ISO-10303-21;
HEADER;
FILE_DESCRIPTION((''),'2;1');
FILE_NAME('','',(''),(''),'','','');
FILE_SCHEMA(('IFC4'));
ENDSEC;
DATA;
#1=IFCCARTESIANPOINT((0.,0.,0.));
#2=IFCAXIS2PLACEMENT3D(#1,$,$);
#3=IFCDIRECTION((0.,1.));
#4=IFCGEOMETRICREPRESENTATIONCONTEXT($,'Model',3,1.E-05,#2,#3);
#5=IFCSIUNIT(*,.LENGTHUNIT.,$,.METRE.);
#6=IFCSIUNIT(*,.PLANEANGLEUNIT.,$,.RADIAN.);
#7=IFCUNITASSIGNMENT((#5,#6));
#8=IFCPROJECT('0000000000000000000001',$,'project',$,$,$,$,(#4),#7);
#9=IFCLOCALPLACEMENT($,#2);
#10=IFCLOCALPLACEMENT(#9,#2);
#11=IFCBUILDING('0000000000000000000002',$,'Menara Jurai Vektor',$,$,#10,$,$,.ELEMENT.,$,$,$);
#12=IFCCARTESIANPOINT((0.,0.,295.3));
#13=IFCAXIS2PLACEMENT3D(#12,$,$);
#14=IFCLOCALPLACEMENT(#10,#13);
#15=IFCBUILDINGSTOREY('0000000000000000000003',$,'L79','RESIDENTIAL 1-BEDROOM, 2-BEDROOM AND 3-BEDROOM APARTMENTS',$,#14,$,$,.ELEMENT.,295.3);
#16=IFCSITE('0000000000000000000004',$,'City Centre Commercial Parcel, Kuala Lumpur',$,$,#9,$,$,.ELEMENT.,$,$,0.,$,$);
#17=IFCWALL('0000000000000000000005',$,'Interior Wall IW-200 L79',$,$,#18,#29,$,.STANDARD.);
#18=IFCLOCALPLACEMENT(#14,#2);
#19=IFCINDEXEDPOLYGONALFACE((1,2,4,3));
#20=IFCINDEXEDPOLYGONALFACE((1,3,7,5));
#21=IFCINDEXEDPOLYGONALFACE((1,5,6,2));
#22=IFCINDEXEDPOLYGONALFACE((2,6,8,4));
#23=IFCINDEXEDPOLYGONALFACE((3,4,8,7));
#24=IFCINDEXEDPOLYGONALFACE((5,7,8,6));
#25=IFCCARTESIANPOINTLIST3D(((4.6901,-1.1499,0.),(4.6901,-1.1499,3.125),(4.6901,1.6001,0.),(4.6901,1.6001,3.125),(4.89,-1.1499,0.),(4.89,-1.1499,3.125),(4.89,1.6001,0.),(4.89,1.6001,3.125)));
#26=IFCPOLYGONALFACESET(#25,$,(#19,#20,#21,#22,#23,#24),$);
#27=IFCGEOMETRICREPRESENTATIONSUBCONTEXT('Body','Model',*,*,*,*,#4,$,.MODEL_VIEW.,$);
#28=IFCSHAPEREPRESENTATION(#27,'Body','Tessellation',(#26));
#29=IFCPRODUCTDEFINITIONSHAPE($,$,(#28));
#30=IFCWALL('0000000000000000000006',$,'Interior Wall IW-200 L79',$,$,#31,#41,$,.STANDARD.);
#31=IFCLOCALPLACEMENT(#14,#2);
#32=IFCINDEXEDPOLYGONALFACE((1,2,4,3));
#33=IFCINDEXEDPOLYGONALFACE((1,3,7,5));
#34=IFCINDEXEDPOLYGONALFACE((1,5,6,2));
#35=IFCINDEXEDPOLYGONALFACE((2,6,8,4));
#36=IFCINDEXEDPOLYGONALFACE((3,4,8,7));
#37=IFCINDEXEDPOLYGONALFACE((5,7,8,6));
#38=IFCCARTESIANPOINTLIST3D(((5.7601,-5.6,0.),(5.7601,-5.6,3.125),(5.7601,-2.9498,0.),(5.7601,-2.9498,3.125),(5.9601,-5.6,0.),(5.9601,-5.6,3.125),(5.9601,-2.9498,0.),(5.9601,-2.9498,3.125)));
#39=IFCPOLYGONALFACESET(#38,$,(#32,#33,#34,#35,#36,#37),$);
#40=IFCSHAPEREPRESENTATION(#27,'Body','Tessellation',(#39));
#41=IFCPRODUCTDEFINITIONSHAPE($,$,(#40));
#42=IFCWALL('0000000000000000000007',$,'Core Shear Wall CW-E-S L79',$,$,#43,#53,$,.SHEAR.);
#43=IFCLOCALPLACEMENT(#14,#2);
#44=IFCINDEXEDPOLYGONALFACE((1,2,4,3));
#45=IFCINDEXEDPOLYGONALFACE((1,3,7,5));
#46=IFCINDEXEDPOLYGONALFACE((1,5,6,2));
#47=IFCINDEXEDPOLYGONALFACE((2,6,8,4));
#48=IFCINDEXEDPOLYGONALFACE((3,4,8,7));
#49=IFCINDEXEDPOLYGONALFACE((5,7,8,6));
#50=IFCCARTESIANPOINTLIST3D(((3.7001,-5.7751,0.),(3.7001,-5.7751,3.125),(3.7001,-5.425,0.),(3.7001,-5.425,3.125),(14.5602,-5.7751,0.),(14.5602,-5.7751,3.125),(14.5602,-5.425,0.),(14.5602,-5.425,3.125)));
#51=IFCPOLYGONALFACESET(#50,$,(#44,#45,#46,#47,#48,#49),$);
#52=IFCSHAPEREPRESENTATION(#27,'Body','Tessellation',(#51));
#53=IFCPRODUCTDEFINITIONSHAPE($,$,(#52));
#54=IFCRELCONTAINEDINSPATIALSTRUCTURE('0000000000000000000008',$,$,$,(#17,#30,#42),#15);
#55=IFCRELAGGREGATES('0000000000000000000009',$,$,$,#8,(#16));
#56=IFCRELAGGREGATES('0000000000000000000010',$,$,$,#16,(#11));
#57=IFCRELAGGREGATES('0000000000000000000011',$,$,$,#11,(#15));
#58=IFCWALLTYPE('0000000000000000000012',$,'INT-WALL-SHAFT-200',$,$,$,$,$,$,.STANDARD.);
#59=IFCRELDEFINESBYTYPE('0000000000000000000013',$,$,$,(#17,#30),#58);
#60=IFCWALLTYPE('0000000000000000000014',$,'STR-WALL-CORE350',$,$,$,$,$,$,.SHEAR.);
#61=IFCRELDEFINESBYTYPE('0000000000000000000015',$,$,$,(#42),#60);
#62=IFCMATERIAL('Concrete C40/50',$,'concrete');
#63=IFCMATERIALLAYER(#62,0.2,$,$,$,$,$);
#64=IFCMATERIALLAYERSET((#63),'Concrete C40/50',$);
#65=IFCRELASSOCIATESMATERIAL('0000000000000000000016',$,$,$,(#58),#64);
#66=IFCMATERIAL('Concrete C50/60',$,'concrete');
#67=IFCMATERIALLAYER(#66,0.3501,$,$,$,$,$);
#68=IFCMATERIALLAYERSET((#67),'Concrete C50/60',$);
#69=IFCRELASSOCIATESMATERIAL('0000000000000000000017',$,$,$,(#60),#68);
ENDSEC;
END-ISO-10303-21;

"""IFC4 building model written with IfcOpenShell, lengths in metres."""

from ifc_helpers import new_model, si_unit, direction, frame, frame_2d, origin, place, context, subcontext, project, spatial, rectangle, extrude, material, layer, layer_set, type_object, element, save


model = new_model("IFC4")

# Units and contexts
model_context = context("Model", 3, precision=1e-05, world=origin(), true_north=direction((0.0, 1.0)))
body_context = subcontext(model_context, "Body", "Model", "MODEL_VIEW")
ifc_project = project(units=[si_unit("LENGTHUNIT", "METRE"), si_unit("PLANEANGLEUNIT", "RADIAN")], contexts=[model_context])

# Site, building, storey
site_placement = place(None, origin())
site = spatial("IfcSite", under=ifc_project, at=site_placement, Name="City Centre Commercial Parcel, Kuala Lumpur", CompositionType="ELEMENT", RefElevation=0.0)
building_placement = place(site_placement, origin())
building = spatial("IfcBuilding", under=site, at=building_placement, Name="Menara Jurai Vektor", CompositionType="ELEMENT")
storey_placement = place(building_placement, frame((0.0, 0.0, 295.3)))
storey = spatial("IfcBuildingStorey", under=building, at=storey_placement, Name="L79", Description="RESIDENTIAL 1-BEDROOM, 2-BEDROOM AND 3-BEDROOM APARTMENTS", CompositionType="ELEMENT", Elevation=295.3)

# Shared definitions
ifc_material_1 = material(Name="Concrete C50/60", Category="concrete")

# Shared definitions
ifc_material_2 = material(Name="Concrete C40/50", Category="concrete")
ifc_layer_1 = layer(ifc_material_2, 0.2)
ifc_layer_set_1 = layer_set([ifc_layer_1], Name="Concrete C40/50")
wall_type_1 = type_object("IfcWallType", Name="INT-WALL-SHAFT-200", PredefinedType="STANDARD", material=ifc_layer_set_1)

# Wall
wall_1_placement = place(storey_placement, frame((4.79, -1.1499, 0.0), z_axis=(0.0, 0.0, 1.0), x_axis=(0.0, 1.0, 0.0)))
element("IfcWall", 1, at=wall_1_placement, inside=storey, type_object=wall_type_1, Name="Interior Wall IW-200 L79", PredefinedType="STANDARD", context=body_context, shape_type="SweptSolid", body=[
    extrude(rectangle(XDim=2.75, YDim=0.2, at=frame_2d((1.375, 0.0))), origin(), (0.0, 0.0, 1.0), 3.125),
])

# Walls
wall_2_placement = place(storey_placement, frame((5.8601, -5.6001, 0.0), z_axis=(0.0, 0.0, 1.0), x_axis=(0.0, 1.0, 0.0)))
element("IfcWall", 2, at=wall_2_placement, inside=storey, type_object=wall_type_1, Name="Interior Wall IW-200 L79", PredefinedType="STANDARD", context=body_context, shape_type="SweptSolid", body=[
    extrude(rectangle(XDim=2.6501, YDim=0.2, at=frame_2d((1.3252, 0.0))), origin(), (0.0, 0.0, 1.0), 3.125),
])
ifc_layer_2 = layer(ifc_material_1, 0.3501)
ifc_layer_set_2 = layer_set([ifc_layer_2], Name="Concrete C50/60")
wall_type_2 = type_object("IfcWallType", Name="STR-WALL-CORE350", PredefinedType="SHEAR", material=ifc_layer_set_2)
wall_3_placement = place(storey_placement, frame((3.7, -5.6001, 0.0), z_axis=(0.0, 0.0, 1.0), x_axis=(1.0, 0.0, 0.0)))
element("IfcWall", 3, at=wall_3_placement, inside=storey, type_object=wall_type_2, Name="Core Shear Wall CW-E-S L79", PredefinedType="SHEAR", context=body_context, shape_type="SweptSolid", body=[
    extrude(rectangle(XDim=10.8601, YDim=0.3501, at=frame_2d((5.4302, 0.0))), origin(), (0.0, 0.0, 1.0), 3.125),
])

save(model, "model.ifc")
